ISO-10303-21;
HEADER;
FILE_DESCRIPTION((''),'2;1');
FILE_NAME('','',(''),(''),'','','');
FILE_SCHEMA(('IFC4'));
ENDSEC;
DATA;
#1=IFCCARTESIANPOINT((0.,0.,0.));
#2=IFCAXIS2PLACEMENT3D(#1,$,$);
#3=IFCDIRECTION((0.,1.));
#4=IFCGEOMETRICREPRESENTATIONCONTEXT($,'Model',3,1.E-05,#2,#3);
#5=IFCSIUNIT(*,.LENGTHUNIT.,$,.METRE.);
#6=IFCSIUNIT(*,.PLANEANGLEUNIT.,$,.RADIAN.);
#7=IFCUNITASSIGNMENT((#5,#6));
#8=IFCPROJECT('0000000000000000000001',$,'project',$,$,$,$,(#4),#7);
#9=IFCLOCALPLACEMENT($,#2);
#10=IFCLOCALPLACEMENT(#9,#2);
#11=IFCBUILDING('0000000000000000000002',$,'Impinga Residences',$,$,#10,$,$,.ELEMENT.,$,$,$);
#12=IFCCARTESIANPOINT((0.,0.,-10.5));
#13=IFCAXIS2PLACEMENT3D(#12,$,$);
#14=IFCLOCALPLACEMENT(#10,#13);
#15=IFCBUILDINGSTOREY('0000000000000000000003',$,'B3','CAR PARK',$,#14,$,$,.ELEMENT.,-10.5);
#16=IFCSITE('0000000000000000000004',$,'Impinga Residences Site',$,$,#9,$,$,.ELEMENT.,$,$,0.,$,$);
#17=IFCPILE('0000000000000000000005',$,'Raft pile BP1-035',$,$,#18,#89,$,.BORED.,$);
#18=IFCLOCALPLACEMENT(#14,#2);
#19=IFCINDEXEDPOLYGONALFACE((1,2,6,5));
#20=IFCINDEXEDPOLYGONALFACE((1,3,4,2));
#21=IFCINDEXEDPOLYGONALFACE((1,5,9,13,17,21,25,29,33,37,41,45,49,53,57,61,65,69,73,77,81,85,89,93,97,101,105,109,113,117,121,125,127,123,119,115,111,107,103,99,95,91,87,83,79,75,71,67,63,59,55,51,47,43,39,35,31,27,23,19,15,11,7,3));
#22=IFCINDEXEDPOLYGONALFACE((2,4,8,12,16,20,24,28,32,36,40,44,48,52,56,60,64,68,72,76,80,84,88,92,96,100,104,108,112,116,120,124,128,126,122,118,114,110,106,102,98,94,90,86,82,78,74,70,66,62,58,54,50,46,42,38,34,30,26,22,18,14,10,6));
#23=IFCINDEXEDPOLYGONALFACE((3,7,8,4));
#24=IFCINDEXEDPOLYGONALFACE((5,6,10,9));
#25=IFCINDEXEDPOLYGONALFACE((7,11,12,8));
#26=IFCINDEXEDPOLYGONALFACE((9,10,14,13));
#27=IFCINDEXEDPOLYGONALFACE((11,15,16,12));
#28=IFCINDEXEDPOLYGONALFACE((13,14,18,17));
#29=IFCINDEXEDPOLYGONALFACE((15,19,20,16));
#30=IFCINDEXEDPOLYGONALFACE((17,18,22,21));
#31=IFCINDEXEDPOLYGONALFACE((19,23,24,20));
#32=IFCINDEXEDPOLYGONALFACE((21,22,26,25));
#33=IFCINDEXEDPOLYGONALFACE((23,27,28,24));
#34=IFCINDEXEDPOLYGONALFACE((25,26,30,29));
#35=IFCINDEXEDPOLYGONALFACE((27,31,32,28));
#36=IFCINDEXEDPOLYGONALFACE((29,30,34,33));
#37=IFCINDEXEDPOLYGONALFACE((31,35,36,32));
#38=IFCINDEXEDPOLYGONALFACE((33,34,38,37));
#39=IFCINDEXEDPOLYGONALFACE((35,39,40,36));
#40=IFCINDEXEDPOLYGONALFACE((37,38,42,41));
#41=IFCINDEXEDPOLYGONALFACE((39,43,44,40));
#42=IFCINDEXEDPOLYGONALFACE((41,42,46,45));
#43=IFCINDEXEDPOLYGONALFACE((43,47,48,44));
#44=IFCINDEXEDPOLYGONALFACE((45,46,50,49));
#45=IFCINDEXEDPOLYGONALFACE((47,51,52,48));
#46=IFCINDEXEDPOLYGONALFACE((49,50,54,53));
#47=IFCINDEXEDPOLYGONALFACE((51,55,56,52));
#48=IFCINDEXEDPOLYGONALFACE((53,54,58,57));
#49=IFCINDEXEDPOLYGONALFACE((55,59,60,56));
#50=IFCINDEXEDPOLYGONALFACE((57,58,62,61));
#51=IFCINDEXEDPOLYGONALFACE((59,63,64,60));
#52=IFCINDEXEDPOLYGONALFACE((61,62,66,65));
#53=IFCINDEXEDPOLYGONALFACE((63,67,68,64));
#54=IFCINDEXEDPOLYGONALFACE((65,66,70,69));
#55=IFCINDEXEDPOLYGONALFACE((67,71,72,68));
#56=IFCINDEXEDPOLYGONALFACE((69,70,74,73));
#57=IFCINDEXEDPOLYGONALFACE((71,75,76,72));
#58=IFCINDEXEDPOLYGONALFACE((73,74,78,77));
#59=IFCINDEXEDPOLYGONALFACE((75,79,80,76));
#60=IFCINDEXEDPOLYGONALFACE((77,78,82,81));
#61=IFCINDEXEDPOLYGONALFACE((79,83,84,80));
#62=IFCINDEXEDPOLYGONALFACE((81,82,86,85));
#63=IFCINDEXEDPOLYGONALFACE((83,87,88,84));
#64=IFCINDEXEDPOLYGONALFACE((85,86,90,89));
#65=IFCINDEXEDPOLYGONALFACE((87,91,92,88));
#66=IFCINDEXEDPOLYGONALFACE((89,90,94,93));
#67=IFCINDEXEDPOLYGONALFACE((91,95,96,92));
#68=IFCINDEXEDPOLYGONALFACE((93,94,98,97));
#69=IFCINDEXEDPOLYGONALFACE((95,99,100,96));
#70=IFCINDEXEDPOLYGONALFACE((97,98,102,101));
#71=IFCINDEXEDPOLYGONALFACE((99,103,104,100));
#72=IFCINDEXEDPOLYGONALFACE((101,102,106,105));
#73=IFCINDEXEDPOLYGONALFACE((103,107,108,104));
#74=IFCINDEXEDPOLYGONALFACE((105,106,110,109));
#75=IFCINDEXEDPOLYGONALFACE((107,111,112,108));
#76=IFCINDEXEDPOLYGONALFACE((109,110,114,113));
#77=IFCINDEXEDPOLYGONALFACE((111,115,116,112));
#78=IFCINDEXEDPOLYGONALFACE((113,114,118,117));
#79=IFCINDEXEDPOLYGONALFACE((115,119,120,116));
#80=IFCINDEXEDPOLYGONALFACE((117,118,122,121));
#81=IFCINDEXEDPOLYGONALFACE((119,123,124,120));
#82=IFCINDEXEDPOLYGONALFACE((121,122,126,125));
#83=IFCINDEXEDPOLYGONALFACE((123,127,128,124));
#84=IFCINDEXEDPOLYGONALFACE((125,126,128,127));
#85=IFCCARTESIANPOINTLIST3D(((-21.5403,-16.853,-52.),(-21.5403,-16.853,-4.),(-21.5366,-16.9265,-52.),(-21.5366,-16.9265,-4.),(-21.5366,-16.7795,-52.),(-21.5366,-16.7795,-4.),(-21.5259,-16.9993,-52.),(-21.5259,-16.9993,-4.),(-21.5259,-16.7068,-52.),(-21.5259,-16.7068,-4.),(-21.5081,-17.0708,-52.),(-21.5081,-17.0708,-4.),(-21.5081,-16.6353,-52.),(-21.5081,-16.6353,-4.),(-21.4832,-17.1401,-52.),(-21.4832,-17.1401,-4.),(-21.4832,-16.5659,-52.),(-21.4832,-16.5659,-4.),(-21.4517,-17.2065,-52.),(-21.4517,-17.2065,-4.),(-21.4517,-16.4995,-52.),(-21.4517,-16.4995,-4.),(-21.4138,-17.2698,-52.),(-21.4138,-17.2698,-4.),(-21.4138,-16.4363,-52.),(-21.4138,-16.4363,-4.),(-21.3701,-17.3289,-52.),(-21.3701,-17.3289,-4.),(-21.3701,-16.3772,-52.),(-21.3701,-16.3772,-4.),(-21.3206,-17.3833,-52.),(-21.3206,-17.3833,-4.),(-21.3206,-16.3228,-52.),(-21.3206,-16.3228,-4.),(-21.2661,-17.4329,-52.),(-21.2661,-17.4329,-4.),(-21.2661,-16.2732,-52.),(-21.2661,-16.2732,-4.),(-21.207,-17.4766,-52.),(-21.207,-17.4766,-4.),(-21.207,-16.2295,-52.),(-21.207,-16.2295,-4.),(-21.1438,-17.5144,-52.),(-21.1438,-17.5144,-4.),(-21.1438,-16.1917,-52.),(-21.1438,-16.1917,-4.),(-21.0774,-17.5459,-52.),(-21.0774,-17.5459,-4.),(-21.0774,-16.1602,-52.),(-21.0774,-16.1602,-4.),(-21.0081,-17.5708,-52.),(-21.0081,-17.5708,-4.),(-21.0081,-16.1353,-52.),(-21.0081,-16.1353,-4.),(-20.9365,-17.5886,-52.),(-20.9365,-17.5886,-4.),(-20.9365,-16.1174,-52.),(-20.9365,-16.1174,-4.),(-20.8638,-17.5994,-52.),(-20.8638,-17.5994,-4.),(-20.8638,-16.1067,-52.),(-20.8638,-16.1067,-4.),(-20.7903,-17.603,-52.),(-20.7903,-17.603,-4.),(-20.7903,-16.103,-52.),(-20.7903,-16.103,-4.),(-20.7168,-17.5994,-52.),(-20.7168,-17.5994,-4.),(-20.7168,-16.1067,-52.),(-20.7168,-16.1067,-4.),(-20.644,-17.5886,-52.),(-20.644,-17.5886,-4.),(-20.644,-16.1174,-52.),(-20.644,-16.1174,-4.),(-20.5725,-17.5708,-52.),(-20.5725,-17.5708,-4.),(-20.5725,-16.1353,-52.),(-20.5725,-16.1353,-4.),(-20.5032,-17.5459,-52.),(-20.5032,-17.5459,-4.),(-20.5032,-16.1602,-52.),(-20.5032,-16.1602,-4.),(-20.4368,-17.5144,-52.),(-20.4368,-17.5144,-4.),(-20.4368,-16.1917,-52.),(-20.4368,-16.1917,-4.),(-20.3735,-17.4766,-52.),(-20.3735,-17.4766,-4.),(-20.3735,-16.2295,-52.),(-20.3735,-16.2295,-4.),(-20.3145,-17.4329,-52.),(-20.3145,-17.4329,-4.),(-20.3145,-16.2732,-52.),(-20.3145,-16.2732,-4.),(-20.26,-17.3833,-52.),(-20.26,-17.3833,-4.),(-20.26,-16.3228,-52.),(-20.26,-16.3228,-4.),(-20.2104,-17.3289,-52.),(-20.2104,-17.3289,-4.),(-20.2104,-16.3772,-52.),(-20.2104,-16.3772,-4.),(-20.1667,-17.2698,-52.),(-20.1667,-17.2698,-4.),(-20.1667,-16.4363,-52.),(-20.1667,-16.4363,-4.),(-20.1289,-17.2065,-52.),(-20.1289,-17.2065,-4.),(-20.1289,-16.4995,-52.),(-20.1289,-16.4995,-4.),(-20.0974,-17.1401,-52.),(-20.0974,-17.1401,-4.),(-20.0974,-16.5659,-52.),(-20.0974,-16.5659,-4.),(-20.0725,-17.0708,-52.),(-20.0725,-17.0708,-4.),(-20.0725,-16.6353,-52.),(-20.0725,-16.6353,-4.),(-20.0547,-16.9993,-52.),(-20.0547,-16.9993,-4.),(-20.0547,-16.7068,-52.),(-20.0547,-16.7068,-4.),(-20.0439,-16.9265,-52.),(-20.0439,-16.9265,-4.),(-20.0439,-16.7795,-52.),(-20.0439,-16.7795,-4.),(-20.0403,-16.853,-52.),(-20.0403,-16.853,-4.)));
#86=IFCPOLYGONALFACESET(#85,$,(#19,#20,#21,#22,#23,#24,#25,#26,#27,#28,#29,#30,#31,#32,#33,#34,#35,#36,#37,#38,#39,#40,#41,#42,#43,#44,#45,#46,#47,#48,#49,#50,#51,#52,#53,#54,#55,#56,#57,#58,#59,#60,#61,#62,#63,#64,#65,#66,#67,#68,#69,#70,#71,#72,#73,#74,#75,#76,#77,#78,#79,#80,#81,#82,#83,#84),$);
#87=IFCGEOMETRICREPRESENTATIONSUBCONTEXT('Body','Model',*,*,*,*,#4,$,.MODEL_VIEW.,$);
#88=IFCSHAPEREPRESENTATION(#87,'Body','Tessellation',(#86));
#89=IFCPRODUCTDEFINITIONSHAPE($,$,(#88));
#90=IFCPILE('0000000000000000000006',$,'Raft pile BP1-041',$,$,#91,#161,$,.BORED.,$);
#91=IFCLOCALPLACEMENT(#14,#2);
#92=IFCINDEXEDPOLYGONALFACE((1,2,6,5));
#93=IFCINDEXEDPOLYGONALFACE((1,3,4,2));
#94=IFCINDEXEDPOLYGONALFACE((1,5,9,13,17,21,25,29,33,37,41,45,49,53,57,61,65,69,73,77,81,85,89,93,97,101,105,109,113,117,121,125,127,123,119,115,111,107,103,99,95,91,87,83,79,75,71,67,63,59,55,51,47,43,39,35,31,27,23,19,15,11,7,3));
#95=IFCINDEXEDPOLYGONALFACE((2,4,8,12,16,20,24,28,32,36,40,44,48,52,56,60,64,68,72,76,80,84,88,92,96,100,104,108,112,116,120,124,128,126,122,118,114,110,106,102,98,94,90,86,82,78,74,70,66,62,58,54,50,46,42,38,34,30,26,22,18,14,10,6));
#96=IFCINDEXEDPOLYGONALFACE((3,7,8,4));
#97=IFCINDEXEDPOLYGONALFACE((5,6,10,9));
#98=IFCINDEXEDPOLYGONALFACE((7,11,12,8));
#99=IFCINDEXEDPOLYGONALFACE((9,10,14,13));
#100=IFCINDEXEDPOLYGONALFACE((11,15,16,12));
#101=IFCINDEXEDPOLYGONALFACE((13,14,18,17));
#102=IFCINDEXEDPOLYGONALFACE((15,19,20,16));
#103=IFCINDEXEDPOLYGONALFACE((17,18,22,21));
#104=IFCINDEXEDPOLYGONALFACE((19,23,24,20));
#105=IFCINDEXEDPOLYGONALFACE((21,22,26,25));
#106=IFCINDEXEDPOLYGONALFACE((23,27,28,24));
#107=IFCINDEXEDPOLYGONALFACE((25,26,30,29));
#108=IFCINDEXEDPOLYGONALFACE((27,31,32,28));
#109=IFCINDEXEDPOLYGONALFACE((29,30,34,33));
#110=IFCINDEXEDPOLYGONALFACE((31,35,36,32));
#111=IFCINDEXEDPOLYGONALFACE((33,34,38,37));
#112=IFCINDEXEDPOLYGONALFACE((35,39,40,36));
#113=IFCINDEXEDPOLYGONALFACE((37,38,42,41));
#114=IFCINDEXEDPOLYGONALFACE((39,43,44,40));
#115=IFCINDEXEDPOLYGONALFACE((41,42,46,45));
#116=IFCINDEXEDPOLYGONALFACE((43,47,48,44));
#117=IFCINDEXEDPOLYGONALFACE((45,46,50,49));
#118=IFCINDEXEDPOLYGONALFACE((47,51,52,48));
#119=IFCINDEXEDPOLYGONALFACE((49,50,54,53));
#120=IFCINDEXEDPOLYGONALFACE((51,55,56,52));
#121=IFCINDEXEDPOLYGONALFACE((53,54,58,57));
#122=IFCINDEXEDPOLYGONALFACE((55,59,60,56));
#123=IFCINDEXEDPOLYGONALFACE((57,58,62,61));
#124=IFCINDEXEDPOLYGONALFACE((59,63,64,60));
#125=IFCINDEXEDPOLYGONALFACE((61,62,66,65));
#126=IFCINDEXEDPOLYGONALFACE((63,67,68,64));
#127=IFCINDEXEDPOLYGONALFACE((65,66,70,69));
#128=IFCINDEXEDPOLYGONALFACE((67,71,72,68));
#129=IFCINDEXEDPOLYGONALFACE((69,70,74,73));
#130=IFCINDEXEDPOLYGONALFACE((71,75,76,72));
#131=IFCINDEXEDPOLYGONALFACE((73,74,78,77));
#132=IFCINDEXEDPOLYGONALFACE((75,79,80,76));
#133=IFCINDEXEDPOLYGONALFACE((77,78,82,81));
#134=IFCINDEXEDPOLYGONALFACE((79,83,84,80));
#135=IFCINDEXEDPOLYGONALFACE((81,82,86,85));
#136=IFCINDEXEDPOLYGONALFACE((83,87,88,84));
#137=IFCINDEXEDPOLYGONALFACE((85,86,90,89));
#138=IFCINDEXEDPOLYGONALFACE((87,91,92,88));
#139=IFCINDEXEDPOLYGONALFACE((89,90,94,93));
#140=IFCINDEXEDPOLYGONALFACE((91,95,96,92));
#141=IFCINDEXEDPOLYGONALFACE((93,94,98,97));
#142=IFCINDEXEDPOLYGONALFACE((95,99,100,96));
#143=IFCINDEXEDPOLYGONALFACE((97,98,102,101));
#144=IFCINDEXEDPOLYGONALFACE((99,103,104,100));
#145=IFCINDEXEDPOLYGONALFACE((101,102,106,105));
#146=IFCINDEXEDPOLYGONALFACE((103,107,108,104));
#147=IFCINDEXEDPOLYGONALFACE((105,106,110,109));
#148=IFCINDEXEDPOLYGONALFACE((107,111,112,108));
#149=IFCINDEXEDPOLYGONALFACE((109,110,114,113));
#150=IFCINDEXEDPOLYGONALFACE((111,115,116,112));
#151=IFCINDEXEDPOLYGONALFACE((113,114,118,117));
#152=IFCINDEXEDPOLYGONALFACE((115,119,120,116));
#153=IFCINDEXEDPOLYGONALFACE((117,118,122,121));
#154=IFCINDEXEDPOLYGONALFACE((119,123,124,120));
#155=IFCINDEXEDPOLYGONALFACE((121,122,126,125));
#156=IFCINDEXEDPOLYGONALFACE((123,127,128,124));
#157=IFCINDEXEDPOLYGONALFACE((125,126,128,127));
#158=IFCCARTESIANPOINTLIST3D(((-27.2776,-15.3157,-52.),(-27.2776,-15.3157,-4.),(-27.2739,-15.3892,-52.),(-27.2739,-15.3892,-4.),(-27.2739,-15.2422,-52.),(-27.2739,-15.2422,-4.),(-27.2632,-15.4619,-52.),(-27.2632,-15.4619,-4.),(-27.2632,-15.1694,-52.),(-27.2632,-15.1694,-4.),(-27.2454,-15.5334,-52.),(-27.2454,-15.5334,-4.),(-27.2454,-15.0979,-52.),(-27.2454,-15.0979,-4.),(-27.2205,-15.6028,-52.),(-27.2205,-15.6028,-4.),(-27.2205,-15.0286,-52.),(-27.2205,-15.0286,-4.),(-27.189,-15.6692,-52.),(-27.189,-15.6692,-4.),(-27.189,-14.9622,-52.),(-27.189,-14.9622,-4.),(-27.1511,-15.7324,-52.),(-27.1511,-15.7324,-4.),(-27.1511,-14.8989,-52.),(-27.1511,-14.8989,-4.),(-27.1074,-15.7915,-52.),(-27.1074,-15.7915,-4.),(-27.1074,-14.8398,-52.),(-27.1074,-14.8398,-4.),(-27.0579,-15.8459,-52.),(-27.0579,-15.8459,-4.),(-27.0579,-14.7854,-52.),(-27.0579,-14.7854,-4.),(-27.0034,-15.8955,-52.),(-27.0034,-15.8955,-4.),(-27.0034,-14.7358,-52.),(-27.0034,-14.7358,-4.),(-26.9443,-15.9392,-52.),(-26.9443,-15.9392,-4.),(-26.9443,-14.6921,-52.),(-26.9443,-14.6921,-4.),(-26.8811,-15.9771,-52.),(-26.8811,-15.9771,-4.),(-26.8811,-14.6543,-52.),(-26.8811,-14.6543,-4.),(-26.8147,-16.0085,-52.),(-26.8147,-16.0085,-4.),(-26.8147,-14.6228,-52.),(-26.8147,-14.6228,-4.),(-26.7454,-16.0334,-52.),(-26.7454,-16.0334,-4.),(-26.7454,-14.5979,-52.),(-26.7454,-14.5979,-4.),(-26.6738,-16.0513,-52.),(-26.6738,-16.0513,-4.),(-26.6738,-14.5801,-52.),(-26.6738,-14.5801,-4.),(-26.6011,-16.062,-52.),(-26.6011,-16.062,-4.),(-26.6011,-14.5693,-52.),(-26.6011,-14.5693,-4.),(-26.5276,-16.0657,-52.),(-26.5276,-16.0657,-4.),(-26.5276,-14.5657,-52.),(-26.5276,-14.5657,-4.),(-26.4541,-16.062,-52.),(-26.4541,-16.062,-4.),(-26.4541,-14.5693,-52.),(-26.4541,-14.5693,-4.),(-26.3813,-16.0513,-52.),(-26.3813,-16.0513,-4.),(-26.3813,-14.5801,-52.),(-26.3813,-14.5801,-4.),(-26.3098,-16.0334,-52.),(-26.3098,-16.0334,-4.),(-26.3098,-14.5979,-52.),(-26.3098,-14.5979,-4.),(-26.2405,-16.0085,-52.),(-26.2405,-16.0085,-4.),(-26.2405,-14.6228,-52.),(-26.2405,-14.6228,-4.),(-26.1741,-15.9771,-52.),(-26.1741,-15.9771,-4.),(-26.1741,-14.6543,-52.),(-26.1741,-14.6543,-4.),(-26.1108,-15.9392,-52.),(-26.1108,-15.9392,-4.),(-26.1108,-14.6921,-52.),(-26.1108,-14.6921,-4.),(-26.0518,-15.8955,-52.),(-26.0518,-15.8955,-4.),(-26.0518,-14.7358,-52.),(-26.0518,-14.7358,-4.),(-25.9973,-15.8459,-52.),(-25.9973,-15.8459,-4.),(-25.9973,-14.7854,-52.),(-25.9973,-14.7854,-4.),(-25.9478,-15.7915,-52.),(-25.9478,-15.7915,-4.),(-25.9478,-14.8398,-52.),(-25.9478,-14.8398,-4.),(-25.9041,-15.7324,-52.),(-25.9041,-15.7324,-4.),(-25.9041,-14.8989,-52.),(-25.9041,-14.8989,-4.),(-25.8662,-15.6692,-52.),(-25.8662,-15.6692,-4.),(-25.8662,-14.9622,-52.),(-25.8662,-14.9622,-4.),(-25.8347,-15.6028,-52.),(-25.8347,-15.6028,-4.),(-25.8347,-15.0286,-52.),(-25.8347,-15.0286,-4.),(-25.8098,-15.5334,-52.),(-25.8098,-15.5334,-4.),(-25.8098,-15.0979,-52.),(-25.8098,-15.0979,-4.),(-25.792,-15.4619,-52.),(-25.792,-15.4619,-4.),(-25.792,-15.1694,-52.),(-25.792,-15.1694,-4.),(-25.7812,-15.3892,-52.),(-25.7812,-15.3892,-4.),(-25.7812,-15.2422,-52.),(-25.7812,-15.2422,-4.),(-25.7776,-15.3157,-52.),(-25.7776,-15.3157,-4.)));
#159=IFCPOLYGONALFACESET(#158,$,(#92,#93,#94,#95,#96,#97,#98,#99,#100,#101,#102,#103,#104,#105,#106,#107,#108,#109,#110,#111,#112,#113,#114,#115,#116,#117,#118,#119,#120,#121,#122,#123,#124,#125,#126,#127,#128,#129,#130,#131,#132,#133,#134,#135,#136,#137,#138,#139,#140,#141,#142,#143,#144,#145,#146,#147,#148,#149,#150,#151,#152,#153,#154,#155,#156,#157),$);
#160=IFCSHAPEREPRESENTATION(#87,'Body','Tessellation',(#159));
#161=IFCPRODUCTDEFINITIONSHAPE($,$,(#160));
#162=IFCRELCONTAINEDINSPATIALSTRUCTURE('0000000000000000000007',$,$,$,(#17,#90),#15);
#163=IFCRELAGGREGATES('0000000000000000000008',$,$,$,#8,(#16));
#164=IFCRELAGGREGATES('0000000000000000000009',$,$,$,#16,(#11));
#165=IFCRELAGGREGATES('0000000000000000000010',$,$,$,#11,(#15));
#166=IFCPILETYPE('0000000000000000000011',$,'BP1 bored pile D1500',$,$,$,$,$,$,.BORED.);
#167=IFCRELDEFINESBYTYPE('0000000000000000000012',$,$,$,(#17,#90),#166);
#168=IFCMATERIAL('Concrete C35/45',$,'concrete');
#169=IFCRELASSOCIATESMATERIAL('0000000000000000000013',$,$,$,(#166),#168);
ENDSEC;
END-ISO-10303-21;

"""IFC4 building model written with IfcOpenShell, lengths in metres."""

from ifc_helpers import new_model, si_unit, direction, frame, origin, origin_2d, place, context, subcontext, project, spatial, polyline, circle, outline, extrude, material, material_profile, profile_set, type_object, element, save


model = new_model("IFC4")

# Units and contexts
model_context = context("Model", 3, precision=1e-05, world=origin(), true_north=direction((0.0, 1.0)))
body_context = subcontext(model_context, "Body", "Model", "MODEL_VIEW")
ifc_project = project(units=[si_unit("LENGTHUNIT", "METRE"), si_unit("PLANEANGLEUNIT", "RADIAN")], contexts=[model_context])

# Site, building, storey
site_placement = place(None, origin())
site = spatial("IfcSite", under=ifc_project, at=site_placement, Name="Impinga Residences Site", CompositionType="ELEMENT", RefElevation=0.0)
building_placement = place(site_placement, origin())
building = spatial("IfcBuilding", under=site, at=building_placement, Name="Impinga Residences", CompositionType="ELEMENT")
storey_placement = place(building_placement, frame((0.0, 0.0, -10.5)))
storey = spatial("IfcBuildingStorey", under=building, at=storey_placement, Name="B3", Description="CAR PARK", CompositionType="ELEMENT", Elevation=-10.5)

# Piles
ifc_material_1 = material(Name="Concrete C35/45", Category="concrete")
ifc_material_profile_1 = material_profile(ifc_material_1, circle(Radius=0.75, at=origin_2d()), Name="D1500")
ifc_profile_set_1 = profile_set([ifc_material_profile_1], Name="Concrete C35/45")
pile_type_1 = type_object("IfcPileType", Name="BP1 bored pile D1500", PredefinedType="BORED", material=ifc_profile_set_1)
pile_1_placement = place(storey_placement, frame((-20.7903, -16.853, -4.0), z_axis=(0.0, 0.0, -1.0), x_axis=(1.0, 0.0, 0.0)))
element("IfcPile", 1, at=pile_1_placement, inside=storey, type_object=pile_type_1, Name="Raft pile BP1-035", PredefinedType="BORED", context=body_context, shape_type="SweptSolid", body=[
    extrude(outline(polyline([(0.75, 0.0), (0.7463, 0.0735), (0.7356, 0.1462), (0.7178, 0.2178), (0.6929, 0.2871), (0.6614, 0.3535), (0.6235, 0.4167), (0.5798, 0.4758), (0.5303, 0.5303), (0.4758, 0.5798), (0.4167, 0.6235), (0.3535, 0.6614), (0.2871, 0.6929), (0.2178, 0.7178), (0.1462, 0.7356), (0.0735, 0.7463), (0.0, 0.75), (-0.0735, 0.7463), (-0.1462, 0.7356), (-0.2178, 0.7178), (-0.2871, 0.6929), (-0.3535, 0.6614), (-0.4167, 0.6235), (-0.4758, 0.5798), (-0.5303, 0.5303), (-0.5798, 0.4758), (-0.6235, 0.4167), (-0.6614, 0.3535), (-0.6929, 0.2871), (-0.7178, 0.2178), (-0.7356, 0.1462), (-0.7463, 0.0735), (-0.75, 0.0), (-0.7463, -0.0735), (-0.7356, -0.1462), (-0.7178, -0.2178), (-0.6929, -0.2871), (-0.6614, -0.3535), (-0.6235, -0.4167), (-0.5798, -0.4758), (-0.5303, -0.5303), (-0.4758, -0.5798), (-0.4167, -0.6235), (-0.3535, -0.6614), (-0.2871, -0.6929), (-0.2178, -0.7178), (-0.1462, -0.7356), (-0.0735, -0.7463), (0.0, -0.75), (0.0735, -0.7463), (0.1462, -0.7356), (0.2178, -0.7178), (0.2871, -0.6929), (0.3535, -0.6614), (0.4167, -0.6235), (0.4758, -0.5798), (0.5303, -0.5303), (0.5798, -0.4758), (0.6235, -0.4167), (0.6614, -0.3535), (0.6929, -0.2871), (0.7178, -0.2178), (0.7356, -0.1462), (0.7463, -0.0735), (0.75, 0.0)])), origin(), (0.0, 0.0, 1.0), 48.0),
])
pile_2_placement = place(storey_placement, frame((-26.5276, -15.3157, -4.0), z_axis=(0.0, 0.0, -1.0), x_axis=(1.0, 0.0, 0.0)))
element("IfcPile", 2, at=pile_2_placement, inside=storey, type_object=pile_type_1, Name="Raft pile BP1-041", PredefinedType="BORED", context=body_context, shape_type="SweptSolid", body=[
    extrude(outline(polyline([(0.75, 0.0), (0.7463, 0.0735), (0.7356, 0.1462), (0.7178, 0.2178), (0.6929, 0.2871), (0.6614, 0.3535), (0.6235, 0.4167), (0.5798, 0.4758), (0.5303, 0.5303), (0.4758, 0.5798), (0.4167, 0.6235), (0.3535, 0.6614), (0.2871, 0.6929), (0.2178, 0.7178), (0.1462, 0.7356), (0.0735, 0.7463), (0.0, 0.75), (-0.0735, 0.7463), (-0.1462, 0.7356), (-0.2178, 0.7178), (-0.2871, 0.6929), (-0.3535, 0.6614), (-0.4167, 0.6235), (-0.4758, 0.5798), (-0.5303, 0.5303), (-0.5798, 0.4758), (-0.6235, 0.4167), (-0.6614, 0.3535), (-0.6929, 0.2871), (-0.7178, 0.2178), (-0.7356, 0.1462), (-0.7463, 0.0735), (-0.75, 0.0), (-0.7463, -0.0735), (-0.7356, -0.1462), (-0.7178, -0.2178), (-0.6929, -0.2871), (-0.6614, -0.3535), (-0.6235, -0.4167), (-0.5798, -0.4758), (-0.5303, -0.5303), (-0.4758, -0.5798), (-0.4167, -0.6235), (-0.3535, -0.6614), (-0.2871, -0.6929), (-0.2178, -0.7178), (-0.1462, -0.7356), (-0.0735, -0.7463), (0.0, -0.75), (0.0735, -0.7463), (0.1462, -0.7356), (0.2178, -0.7178), (0.2871, -0.6929), (0.3535, -0.6614), (0.4167, -0.6235), (0.4758, -0.5798), (0.5303, -0.5303), (0.5798, -0.4758), (0.6235, -0.4167), (0.6614, -0.3535), (0.6929, -0.2871), (0.7178, -0.2178), (0.7356, -0.1462), (0.7463, -0.0735), (0.75, 0.0)])), origin(), (0.0, 0.0, 1.0), 48.0),
])

save(model, "model.ifc")
